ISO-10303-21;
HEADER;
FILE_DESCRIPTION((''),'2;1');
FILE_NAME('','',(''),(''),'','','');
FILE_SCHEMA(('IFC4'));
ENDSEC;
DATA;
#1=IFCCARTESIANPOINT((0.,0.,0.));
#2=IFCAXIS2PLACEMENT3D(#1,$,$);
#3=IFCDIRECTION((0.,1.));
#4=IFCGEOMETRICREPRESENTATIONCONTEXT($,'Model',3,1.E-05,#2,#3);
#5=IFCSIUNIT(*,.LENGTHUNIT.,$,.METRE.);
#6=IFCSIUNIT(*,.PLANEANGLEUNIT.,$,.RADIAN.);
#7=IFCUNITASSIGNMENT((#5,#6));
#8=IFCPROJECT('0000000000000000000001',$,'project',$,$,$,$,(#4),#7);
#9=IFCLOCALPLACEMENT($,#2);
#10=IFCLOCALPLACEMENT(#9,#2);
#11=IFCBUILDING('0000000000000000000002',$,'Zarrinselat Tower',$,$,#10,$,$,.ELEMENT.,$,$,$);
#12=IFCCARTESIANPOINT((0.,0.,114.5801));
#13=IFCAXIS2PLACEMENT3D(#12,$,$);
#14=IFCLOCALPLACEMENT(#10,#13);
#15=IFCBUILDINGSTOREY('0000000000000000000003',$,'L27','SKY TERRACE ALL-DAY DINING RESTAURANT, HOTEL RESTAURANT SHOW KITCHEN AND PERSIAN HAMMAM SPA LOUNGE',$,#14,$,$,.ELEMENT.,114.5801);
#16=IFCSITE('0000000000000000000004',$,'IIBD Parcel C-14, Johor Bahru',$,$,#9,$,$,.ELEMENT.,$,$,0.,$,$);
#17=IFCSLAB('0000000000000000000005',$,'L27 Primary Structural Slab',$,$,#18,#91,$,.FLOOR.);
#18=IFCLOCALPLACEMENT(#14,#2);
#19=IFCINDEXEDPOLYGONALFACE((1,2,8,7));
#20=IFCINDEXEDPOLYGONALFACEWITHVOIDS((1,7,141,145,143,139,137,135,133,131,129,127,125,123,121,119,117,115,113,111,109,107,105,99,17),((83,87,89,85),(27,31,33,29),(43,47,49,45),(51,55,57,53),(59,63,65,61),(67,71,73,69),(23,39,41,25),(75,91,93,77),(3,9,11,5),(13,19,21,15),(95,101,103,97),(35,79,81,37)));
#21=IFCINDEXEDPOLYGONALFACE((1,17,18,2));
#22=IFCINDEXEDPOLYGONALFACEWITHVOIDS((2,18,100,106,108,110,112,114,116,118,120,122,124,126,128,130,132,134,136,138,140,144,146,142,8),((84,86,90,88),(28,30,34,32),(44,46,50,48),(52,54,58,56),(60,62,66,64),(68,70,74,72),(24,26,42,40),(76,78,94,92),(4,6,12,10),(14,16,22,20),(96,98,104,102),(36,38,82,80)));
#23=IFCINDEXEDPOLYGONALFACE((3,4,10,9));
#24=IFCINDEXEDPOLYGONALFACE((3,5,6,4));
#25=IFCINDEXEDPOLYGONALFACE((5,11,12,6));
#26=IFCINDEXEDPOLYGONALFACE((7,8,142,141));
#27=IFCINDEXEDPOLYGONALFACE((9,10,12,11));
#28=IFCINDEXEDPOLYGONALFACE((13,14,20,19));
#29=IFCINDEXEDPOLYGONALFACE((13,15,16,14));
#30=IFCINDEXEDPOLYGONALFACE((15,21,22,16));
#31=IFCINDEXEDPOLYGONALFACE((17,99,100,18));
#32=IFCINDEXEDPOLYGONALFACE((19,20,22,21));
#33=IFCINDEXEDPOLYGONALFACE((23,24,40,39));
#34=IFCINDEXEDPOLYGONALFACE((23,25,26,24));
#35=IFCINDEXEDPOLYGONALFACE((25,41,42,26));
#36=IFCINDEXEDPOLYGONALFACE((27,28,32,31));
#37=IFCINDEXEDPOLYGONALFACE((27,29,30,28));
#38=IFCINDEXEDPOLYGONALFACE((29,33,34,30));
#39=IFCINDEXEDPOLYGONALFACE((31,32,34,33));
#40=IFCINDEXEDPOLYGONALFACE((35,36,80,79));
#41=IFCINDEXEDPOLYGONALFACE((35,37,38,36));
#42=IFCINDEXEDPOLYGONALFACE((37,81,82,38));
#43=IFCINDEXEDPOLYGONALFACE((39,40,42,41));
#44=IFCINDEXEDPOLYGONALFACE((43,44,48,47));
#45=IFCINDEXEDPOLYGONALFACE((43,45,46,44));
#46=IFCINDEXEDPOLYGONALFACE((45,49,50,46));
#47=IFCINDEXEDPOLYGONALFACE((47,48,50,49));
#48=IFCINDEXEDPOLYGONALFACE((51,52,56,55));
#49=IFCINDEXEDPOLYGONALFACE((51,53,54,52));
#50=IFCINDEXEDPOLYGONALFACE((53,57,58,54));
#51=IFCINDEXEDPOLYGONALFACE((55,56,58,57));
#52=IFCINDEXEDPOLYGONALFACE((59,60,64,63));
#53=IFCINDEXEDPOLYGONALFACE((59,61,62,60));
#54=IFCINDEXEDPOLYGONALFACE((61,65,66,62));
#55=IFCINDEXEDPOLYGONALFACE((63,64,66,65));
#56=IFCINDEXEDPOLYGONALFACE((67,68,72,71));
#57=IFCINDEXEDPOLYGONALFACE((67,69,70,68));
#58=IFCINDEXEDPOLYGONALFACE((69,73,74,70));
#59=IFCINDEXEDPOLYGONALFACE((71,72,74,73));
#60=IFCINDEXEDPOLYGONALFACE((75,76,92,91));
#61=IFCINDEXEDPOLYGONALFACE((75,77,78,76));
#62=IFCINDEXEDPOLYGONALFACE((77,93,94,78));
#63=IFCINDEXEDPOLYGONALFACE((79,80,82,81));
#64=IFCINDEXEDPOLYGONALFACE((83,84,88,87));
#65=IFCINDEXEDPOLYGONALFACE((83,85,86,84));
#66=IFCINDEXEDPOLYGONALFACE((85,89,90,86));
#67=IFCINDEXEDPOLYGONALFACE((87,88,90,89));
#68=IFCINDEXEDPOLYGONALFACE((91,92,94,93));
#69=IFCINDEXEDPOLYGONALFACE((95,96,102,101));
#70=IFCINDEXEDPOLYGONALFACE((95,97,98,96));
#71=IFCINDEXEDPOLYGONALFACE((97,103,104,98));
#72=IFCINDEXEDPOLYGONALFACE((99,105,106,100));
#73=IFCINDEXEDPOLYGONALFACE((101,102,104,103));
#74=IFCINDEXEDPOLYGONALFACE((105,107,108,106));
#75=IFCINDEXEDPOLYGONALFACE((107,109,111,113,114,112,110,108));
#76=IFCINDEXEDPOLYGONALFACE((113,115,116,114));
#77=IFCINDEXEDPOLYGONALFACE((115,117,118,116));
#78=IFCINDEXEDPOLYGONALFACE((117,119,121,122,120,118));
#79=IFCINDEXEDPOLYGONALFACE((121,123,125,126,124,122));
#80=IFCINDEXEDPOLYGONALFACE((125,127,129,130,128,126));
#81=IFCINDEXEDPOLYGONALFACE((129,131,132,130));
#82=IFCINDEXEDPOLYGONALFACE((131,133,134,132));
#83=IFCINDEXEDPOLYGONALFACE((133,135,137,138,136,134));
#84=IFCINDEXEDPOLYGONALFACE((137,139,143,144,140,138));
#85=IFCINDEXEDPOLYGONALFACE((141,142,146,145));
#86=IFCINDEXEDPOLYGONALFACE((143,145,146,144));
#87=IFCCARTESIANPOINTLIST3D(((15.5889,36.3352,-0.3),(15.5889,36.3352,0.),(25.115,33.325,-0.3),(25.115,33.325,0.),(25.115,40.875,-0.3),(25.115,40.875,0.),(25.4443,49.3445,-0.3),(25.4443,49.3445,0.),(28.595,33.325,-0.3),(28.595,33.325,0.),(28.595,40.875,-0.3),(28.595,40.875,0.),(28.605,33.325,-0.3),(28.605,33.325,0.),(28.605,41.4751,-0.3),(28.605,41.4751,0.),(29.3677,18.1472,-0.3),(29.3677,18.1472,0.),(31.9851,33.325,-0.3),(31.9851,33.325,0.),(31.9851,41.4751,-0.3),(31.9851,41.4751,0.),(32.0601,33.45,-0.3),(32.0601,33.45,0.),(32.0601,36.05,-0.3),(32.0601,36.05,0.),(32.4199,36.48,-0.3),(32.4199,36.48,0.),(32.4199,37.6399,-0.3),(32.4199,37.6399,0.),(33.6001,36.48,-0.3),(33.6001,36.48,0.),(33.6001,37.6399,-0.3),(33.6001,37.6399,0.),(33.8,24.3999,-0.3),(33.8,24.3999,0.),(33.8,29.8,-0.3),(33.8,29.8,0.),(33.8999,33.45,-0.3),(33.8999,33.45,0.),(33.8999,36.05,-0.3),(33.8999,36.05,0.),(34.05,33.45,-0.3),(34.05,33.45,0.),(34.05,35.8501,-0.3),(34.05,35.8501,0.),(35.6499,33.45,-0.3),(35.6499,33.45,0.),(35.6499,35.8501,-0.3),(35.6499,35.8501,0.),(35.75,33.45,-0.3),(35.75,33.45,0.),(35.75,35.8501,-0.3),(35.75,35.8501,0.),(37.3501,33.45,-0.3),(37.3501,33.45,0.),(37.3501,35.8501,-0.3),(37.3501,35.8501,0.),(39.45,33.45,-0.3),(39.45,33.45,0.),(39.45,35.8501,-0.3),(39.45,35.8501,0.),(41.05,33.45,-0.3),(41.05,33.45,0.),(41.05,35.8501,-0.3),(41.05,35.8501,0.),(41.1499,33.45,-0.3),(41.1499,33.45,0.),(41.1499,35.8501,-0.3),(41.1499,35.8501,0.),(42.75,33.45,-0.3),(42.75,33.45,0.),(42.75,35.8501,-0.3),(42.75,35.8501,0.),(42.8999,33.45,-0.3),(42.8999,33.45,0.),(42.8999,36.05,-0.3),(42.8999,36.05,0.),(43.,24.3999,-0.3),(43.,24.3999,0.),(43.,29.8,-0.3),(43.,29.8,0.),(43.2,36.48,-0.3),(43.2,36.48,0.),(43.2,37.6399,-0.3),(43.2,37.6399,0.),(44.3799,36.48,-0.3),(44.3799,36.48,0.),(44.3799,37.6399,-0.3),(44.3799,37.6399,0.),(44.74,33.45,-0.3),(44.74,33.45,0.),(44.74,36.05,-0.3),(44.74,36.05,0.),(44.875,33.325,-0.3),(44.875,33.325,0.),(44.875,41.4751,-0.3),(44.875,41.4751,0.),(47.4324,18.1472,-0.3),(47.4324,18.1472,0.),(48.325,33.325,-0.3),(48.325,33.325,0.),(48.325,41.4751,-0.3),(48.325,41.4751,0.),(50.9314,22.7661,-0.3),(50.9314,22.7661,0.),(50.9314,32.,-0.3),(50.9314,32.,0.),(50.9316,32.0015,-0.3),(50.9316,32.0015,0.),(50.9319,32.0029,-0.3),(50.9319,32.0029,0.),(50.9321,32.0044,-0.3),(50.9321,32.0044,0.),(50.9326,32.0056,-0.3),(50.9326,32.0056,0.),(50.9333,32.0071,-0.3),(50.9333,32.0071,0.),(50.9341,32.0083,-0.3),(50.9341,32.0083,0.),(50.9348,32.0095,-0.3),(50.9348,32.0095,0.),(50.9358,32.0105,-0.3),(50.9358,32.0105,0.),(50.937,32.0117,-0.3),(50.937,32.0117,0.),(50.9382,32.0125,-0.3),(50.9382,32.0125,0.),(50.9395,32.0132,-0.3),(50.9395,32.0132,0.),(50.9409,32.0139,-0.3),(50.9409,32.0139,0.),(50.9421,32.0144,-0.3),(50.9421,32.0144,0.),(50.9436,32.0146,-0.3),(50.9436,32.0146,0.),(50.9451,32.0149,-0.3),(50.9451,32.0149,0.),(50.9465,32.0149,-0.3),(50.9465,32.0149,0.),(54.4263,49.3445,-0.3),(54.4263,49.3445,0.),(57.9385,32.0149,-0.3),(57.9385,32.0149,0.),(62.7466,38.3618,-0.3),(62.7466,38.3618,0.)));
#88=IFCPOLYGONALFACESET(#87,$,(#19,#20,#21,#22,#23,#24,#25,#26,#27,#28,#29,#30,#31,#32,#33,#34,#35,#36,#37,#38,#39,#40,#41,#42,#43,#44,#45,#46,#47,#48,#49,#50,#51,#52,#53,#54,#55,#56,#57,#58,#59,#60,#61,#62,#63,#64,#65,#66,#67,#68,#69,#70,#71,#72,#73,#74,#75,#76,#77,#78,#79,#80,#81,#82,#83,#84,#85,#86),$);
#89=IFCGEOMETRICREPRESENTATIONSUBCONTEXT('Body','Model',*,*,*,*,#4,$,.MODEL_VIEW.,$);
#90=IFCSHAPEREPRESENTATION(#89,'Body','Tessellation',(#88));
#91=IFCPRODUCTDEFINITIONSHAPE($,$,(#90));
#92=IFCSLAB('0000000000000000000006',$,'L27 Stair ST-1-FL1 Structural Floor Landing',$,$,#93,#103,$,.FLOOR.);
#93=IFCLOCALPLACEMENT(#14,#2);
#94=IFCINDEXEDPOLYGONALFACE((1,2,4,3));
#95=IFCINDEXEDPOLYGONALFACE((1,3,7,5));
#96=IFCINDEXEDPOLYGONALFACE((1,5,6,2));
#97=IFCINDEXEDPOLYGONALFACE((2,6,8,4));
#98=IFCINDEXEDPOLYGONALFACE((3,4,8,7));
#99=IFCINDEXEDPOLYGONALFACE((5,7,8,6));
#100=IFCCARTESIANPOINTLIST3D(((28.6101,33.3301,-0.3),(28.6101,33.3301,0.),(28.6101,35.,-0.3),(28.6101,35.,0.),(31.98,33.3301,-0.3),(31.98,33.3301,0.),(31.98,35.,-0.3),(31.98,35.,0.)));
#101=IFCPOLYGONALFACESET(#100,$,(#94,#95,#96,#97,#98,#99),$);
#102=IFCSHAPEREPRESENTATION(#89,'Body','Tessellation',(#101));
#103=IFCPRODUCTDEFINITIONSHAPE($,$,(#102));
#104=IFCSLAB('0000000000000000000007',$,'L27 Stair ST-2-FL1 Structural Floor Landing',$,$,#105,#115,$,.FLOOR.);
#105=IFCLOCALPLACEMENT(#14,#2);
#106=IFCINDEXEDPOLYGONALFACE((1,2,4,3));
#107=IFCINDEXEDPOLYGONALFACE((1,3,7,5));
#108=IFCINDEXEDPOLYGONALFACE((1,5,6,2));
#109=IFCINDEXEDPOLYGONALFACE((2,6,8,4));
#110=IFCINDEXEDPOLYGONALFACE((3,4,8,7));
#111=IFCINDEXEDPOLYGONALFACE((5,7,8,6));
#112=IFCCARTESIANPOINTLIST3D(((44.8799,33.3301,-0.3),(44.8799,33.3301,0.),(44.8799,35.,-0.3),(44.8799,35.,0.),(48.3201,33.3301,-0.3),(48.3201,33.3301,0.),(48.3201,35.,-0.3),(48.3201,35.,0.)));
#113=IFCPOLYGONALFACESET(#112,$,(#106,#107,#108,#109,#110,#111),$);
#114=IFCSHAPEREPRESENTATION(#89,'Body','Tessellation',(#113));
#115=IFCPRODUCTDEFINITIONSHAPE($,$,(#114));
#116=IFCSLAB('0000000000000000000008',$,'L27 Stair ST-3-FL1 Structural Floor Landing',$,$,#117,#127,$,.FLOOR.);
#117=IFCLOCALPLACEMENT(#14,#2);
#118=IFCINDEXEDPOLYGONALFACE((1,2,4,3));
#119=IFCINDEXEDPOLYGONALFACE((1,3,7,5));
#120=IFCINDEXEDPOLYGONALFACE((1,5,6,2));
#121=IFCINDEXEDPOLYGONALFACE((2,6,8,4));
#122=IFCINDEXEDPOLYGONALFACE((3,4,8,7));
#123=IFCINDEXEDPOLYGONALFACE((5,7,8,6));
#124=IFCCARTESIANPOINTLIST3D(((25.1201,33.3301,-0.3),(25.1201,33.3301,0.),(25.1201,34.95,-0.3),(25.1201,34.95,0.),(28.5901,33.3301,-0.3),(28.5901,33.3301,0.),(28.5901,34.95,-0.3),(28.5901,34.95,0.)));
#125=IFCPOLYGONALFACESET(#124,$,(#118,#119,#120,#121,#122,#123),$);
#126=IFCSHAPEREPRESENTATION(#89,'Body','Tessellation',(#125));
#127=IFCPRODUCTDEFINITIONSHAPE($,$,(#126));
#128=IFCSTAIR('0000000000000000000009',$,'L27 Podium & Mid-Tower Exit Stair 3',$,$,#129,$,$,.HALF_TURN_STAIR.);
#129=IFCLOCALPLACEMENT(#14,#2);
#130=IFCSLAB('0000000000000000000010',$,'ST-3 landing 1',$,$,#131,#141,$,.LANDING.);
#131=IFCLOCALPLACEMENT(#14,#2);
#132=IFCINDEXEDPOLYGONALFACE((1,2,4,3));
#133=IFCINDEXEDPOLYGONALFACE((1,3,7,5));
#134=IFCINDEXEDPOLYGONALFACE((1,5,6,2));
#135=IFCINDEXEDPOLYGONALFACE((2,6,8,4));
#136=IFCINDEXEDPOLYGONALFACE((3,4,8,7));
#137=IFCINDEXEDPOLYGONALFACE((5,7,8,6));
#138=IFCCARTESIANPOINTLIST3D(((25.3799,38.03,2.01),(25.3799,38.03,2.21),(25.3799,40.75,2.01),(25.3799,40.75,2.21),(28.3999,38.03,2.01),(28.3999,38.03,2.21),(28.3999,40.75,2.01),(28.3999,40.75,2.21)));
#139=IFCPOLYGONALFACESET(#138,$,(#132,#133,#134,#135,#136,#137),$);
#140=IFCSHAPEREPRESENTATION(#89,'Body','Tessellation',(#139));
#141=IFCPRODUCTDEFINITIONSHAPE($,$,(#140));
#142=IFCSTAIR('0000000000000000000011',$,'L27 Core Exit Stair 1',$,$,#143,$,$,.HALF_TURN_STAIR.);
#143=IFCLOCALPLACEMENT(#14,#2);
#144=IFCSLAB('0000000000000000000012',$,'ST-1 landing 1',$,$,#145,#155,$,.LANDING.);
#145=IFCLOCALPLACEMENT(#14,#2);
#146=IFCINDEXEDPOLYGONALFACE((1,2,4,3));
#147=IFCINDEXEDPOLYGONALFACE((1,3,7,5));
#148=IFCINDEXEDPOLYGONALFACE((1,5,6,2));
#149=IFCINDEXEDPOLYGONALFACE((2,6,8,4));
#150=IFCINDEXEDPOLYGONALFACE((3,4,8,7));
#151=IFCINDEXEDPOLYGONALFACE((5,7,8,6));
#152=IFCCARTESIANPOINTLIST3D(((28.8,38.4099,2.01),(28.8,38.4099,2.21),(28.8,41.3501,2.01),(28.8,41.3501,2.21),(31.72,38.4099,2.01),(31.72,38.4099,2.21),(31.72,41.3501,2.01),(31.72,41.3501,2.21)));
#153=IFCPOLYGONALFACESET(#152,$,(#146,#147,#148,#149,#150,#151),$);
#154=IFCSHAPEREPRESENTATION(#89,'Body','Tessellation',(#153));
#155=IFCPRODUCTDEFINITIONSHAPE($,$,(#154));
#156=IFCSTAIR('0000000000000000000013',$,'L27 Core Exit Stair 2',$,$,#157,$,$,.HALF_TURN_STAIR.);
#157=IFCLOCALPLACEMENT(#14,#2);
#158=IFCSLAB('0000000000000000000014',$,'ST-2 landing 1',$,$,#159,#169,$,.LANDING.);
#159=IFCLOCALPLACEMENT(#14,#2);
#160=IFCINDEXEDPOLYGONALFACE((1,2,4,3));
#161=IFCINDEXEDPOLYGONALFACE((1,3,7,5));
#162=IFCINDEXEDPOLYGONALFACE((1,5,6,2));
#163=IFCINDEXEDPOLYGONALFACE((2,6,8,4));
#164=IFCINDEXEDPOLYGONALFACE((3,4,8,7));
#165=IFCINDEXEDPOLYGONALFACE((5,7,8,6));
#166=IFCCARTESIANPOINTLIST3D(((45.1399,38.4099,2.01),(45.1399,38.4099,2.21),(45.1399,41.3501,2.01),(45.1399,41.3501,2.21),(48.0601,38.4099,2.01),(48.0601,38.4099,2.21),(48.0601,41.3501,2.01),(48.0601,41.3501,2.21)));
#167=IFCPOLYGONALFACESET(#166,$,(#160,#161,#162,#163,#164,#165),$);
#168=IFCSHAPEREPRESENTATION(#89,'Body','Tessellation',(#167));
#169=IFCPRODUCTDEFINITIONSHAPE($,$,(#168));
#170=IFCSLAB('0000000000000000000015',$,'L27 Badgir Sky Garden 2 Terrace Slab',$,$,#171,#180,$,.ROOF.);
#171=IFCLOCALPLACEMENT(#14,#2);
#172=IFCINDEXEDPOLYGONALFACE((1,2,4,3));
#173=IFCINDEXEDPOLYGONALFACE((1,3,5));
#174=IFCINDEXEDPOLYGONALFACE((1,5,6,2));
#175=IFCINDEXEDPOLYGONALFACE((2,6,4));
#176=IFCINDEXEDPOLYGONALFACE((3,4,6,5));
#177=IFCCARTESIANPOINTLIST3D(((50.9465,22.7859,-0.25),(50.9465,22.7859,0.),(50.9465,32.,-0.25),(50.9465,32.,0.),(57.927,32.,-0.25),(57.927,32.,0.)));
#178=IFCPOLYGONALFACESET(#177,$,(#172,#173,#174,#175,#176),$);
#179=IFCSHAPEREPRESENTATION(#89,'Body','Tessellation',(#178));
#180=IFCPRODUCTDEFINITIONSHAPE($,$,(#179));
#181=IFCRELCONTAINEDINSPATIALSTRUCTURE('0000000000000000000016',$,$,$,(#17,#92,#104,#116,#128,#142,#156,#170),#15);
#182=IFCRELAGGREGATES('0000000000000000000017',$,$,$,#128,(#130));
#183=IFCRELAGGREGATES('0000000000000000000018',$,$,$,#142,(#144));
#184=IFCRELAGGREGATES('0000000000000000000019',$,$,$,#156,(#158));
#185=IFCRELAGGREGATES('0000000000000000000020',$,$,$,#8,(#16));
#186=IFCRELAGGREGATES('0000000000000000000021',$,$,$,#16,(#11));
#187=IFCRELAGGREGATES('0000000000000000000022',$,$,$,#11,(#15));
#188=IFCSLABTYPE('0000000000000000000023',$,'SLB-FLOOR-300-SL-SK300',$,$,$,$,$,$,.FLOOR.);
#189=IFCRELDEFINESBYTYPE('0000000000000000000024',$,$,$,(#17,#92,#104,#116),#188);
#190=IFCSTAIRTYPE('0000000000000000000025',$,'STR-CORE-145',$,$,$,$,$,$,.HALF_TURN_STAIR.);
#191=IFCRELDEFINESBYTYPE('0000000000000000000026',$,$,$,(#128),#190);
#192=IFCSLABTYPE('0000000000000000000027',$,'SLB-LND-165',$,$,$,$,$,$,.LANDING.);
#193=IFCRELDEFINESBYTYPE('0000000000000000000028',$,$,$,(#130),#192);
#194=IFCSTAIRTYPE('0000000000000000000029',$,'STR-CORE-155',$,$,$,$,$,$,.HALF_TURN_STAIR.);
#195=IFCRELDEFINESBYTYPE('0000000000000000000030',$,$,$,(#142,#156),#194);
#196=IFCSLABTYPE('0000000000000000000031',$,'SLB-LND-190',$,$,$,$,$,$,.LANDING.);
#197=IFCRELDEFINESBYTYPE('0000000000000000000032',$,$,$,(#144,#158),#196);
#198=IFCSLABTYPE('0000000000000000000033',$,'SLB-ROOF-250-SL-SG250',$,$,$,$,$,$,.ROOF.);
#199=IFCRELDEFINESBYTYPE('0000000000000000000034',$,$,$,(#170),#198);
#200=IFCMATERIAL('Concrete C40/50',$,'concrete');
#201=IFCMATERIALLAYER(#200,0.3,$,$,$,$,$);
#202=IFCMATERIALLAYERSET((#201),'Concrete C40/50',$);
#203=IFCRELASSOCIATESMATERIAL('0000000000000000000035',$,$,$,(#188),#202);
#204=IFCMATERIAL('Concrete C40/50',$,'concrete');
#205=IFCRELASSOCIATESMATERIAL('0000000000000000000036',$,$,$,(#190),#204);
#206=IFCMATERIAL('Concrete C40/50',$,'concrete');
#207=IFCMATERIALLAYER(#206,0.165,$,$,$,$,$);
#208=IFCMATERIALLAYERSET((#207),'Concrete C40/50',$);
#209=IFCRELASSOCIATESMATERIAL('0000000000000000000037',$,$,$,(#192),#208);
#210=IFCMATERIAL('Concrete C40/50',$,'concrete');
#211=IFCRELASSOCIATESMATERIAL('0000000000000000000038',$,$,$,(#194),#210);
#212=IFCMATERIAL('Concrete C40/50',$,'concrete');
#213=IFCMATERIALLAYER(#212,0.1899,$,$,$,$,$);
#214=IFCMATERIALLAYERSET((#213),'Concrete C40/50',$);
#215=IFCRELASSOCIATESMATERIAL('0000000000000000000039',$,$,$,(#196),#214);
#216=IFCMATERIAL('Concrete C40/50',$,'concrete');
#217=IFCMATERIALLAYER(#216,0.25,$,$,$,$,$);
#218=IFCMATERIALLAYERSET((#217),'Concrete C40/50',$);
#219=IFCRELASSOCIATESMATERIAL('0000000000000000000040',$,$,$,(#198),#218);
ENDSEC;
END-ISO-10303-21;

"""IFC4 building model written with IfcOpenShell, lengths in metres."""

from ifc_helpers import new_model, si_unit, direction, frame, origin, place, context, subcontext, project, spatial, polyline, outline, extrude, material, layer, layer_set, type_object, element, aggregate, save


model = new_model("IFC4")

# Units and contexts
model_context = context("Model", 3, precision=1e-05, world=origin(), true_north=direction((0.0, 1.0)))
body_context = subcontext(model_context, "Body", "Model", "MODEL_VIEW")
ifc_project = project(units=[si_unit("LENGTHUNIT", "METRE"), si_unit("PLANEANGLEUNIT", "RADIAN")], contexts=[model_context])

# Site, building, storey
site_placement = place(None, origin())
site = spatial("IfcSite", under=ifc_project, at=site_placement, Name="IIBD Parcel C-14, Johor Bahru", CompositionType="ELEMENT", RefElevation=0.0)
building_placement = place(site_placement, origin())
building = spatial("IfcBuilding", under=site, at=building_placement, Name="Zarrinselat Tower", CompositionType="ELEMENT")
storey_placement = place(building_placement, frame((0.0, 0.0, 114.5801)))
storey = spatial("IfcBuildingStorey", under=building, at=storey_placement, Name="L27", Description="SKY TERRACE ALL-DAY DINING RESTAURANT, HOTEL RESTAURANT SHOW KITCHEN AND PERSIAN HAMMAM SPA LOUNGE", CompositionType="ELEMENT", Elevation=114.5801)

# Slabs
ifc_material_1 = material(Name="Concrete C40/50", Category="concrete")
ifc_layer_1 = layer(ifc_material_1, 0.3)
ifc_layer_set_1 = layer_set([ifc_layer_1], Name="Concrete C40/50")
slab_type_1 = type_object("IfcSlabType", Name="SLB-FLOOR-300-SL-SK300", PredefinedType="FLOOR", material=ifc_layer_set_1)
slab_1_placement = place(storey_placement, frame((0.0, 0.0, -0.3)))
element("IfcSlab", 1, at=slab_1_placement, inside=storey, type_object=slab_type_1, Name="L27 Primary Structural Slab", PredefinedType="FLOOR", context=body_context, shape_type="SweptSolid", body=[
    extrude(outline(polyline([(47.4324, 18.1472), (29.3677, 18.1472), (15.5889, 36.3352), (25.4443, 49.3445), (54.4263, 49.3445), (62.7466, 38.3618), (57.9385, 32.0149), (50.9465, 32.0149), (50.9451, 32.0149), (50.9436, 32.0146), (50.9421, 32.0144), (50.9409, 32.0139), (50.9395, 32.0132), (50.9382, 32.0125), (50.937, 32.0117), (50.9358, 32.0105), (50.9348, 32.0095), (50.9341, 32.0083), (50.9333, 32.0071), (50.9326, 32.0056), (50.9321, 32.0044), (50.9319, 32.0029), (50.9316, 32.0015), (50.9314, 32.0), (50.9314, 22.7661), (47.4324, 18.1472)]), holes=[polyline([(35.6499, 33.45), (34.05, 33.45), (34.05, 35.8501), (35.6499, 35.8501), (35.6499, 33.45)]), polyline([(35.75, 33.45), (35.75, 35.8501), (37.3501, 35.8501), (37.3501, 33.45), (35.75, 33.45)]), polyline([(32.0601, 33.45), (32.0601, 36.05), (33.8999, 36.05), (33.8999, 33.45), (32.0601, 33.45)]), polyline([(33.6001, 36.48), (32.4199, 36.48), (32.4199, 37.6399), (33.6001, 37.6399), (33.6001, 36.48)]), polyline([(28.595, 33.325), (25.115, 33.325), (25.115, 40.875), (28.595, 40.875), (28.595, 33.325)]), polyline([(31.9851, 33.325), (28.605, 33.325), (28.605, 41.4751), (31.9851, 41.4751), (31.9851, 33.325)]), polyline([(43.0, 24.3999), (33.8, 24.3999), (33.8, 29.8), (43.0, 29.8), (43.0, 24.3999)]), polyline([(39.45, 33.45), (39.45, 35.8501), (41.05, 35.8501), (41.05, 33.45), (39.45, 33.45)]), polyline([(41.1499, 33.45), (41.1499, 35.8501), (42.75, 35.8501), (42.75, 33.45), (41.1499, 33.45)]), polyline([(44.74, 33.45), (42.8999, 33.45), (42.8999, 36.05), (44.74, 36.05), (44.74, 33.45)]), polyline([(43.2, 36.48), (43.2, 37.6399), (44.3799, 37.6399), (44.3799, 36.48), (43.2, 36.48)]), polyline([(48.325, 33.325), (44.875, 33.325), (44.875, 41.4751), (48.325, 41.4751), (48.325, 33.325)])]), origin(), (0.0, 0.0, 1.0), 0.3),
])
slab_2_placement = place(storey_placement, frame((0.0, 0.0, -0.3)))
element("IfcSlab", 2, at=slab_2_placement, inside=storey, type_object=slab_type_1, Name="L27 Stair ST-1-FL1 Structural Floor Landing", PredefinedType="FLOOR", context=body_context, shape_type="SweptSolid", body=[
    extrude(outline(polyline([(31.98, 33.3301), (31.98, 35.0), (28.6101, 35.0), (28.6101, 33.3301), (31.98, 33.3301)])), origin(), (0.0, 0.0, 1.0), 0.3),
])
slab_3_placement = place(storey_placement, frame((0.0, 0.0, -0.3)))
element("IfcSlab", 3, at=slab_3_placement, inside=storey, type_object=slab_type_1, Name="L27 Stair ST-2-FL1 Structural Floor Landing", PredefinedType="FLOOR", context=body_context, shape_type="SweptSolid", body=[
    extrude(outline(polyline([(48.3201, 33.3301), (48.3201, 35.0), (44.8799, 35.0), (44.8799, 33.3301), (48.3201, 33.3301)])), origin(), (0.0, 0.0, 1.0), 0.3),
])
slab_4_placement = place(storey_placement, frame((0.0, 0.0, -0.3)))
element("IfcSlab", 4, at=slab_4_placement, inside=storey, type_object=slab_type_1, Name="L27 Stair ST-3-FL1 Structural Floor Landing", PredefinedType="FLOOR", context=body_context, shape_type="SweptSolid", body=[
    extrude(outline(polyline([(28.5901, 33.3301), (28.5901, 34.95), (25.1201, 34.95), (25.1201, 33.3301), (28.5901, 33.3301)])), origin(), (0.0, 0.0, 1.0), 0.3),
])

# Stairs, slabs
ifc_material_2 = material(Name="Concrete C40/50", Category="concrete")
stair_type_1 = type_object("IfcStairType", Name="STR-CORE-145", PredefinedType="HALF_TURN_STAIR", material=ifc_material_2)
stair_1_placement = place(storey_placement, origin())
stair_1 = element("IfcStair", 5, at=stair_1_placement, inside=storey, type_object=stair_type_1, Name="L27 Podium & Mid-Tower Exit Stair 3", PredefinedType="HALF_TURN_STAIR")
ifc_material_3 = material(Name="Concrete C40/50", Category="concrete")
ifc_layer_2 = layer(ifc_material_3, 0.165)
ifc_layer_set_2 = layer_set([ifc_layer_2], Name="Concrete C40/50")
slab_type_2 = type_object("IfcSlabType", Name="SLB-LND-165", PredefinedType="LANDING", material=ifc_layer_set_2)
slab_5_placement = place(storey_placement, frame((0.0, 0.0, 2.01)))
slab_5 = element("IfcSlab", 6, at=slab_5_placement, type_object=slab_type_2, Name="ST-3 landing 1", PredefinedType="LANDING", context=body_context, shape_type="SweptSolid", body=[
    extrude(outline(polyline([(28.3999, 38.03), (28.3999, 40.75), (25.3799, 40.75), (25.3799, 38.03), (28.3999, 38.03)])), origin(), (0.0, 0.0, 1.0), 0.2),
])
aggregate(stair_1, [slab_5])
ifc_material_4 = material(Name="Concrete C40/50", Category="concrete")
stair_type_2 = type_object("IfcStairType", Name="STR-CORE-155", PredefinedType="HALF_TURN_STAIR", material=ifc_material_4)
stair_2_placement = place(storey_placement, origin())
stair_2 = element("IfcStair", 7, at=stair_2_placement, inside=storey, type_object=stair_type_2, Name="L27 Core Exit Stair 1", PredefinedType="HALF_TURN_STAIR")
ifc_material_5 = material(Name="Concrete C40/50", Category="concrete")
ifc_layer_3 = layer(ifc_material_5, 0.1899)
ifc_layer_set_3 = layer_set([ifc_layer_3], Name="Concrete C40/50")
slab_type_3 = type_object("IfcSlabType", Name="SLB-LND-190", PredefinedType="LANDING", material=ifc_layer_set_3)
slab_6_placement = place(storey_placement, frame((0.0, 0.0, 2.01)))
slab_6 = element("IfcSlab", 8, at=slab_6_placement, type_object=slab_type_3, Name="ST-1 landing 1", PredefinedType="LANDING", context=body_context, shape_type="SweptSolid", body=[
    extrude(outline(polyline([(31.72, 38.4099), (31.72, 41.3501), (28.8, 41.3501), (28.8, 38.4099), (31.72, 38.4099)])), origin(), (0.0, 0.0, 1.0), 0.2),
])
aggregate(stair_2, [slab_6])
stair_3_placement = place(storey_placement, origin())
stair_3 = element("IfcStair", 9, at=stair_3_placement, inside=storey, type_object=stair_type_2, Name="L27 Core Exit Stair 2", PredefinedType="HALF_TURN_STAIR")
slab_7_placement = place(storey_placement, frame((0.0, 0.0, 2.01)))
slab_7 = element("IfcSlab", 10, at=slab_7_placement, type_object=slab_type_3, Name="ST-2 landing 1", PredefinedType="LANDING", context=body_context, shape_type="SweptSolid", body=[
    extrude(outline(polyline([(48.0601, 38.4099), (48.0601, 41.3501), (45.1399, 41.3501), (45.1399, 38.4099), (48.0601, 38.4099)])), origin(), (0.0, 0.0, 1.0), 0.2),
])
aggregate(stair_3, [slab_7])

# Slab
ifc_material_6 = material(Name="Concrete C40/50", Category="concrete")
ifc_layer_4 = layer(ifc_material_6, 0.25)
ifc_layer_set_4 = layer_set([ifc_layer_4], Name="Concrete C40/50")
slab_type_4 = type_object("IfcSlabType", Name="SLB-ROOF-250-SL-SG250", PredefinedType="ROOF", material=ifc_layer_set_4)
slab_8_placement = place(storey_placement, frame((0.0, 0.0, -0.25)))
element("IfcSlab", 11, at=slab_8_placement, inside=storey, type_object=slab_type_4, Name="L27 Badgir Sky Garden 2 Terrace Slab", PredefinedType="ROOF", context=body_context, shape_type="SweptSolid", body=[
    extrude(outline(polyline([(50.9465, 22.7859), (50.9465, 32.0), (57.927, 32.0), (50.9465, 22.7859)])), origin(), (0.0, 0.0, 1.0), 0.25),
])

save(model, "model.ifc")
